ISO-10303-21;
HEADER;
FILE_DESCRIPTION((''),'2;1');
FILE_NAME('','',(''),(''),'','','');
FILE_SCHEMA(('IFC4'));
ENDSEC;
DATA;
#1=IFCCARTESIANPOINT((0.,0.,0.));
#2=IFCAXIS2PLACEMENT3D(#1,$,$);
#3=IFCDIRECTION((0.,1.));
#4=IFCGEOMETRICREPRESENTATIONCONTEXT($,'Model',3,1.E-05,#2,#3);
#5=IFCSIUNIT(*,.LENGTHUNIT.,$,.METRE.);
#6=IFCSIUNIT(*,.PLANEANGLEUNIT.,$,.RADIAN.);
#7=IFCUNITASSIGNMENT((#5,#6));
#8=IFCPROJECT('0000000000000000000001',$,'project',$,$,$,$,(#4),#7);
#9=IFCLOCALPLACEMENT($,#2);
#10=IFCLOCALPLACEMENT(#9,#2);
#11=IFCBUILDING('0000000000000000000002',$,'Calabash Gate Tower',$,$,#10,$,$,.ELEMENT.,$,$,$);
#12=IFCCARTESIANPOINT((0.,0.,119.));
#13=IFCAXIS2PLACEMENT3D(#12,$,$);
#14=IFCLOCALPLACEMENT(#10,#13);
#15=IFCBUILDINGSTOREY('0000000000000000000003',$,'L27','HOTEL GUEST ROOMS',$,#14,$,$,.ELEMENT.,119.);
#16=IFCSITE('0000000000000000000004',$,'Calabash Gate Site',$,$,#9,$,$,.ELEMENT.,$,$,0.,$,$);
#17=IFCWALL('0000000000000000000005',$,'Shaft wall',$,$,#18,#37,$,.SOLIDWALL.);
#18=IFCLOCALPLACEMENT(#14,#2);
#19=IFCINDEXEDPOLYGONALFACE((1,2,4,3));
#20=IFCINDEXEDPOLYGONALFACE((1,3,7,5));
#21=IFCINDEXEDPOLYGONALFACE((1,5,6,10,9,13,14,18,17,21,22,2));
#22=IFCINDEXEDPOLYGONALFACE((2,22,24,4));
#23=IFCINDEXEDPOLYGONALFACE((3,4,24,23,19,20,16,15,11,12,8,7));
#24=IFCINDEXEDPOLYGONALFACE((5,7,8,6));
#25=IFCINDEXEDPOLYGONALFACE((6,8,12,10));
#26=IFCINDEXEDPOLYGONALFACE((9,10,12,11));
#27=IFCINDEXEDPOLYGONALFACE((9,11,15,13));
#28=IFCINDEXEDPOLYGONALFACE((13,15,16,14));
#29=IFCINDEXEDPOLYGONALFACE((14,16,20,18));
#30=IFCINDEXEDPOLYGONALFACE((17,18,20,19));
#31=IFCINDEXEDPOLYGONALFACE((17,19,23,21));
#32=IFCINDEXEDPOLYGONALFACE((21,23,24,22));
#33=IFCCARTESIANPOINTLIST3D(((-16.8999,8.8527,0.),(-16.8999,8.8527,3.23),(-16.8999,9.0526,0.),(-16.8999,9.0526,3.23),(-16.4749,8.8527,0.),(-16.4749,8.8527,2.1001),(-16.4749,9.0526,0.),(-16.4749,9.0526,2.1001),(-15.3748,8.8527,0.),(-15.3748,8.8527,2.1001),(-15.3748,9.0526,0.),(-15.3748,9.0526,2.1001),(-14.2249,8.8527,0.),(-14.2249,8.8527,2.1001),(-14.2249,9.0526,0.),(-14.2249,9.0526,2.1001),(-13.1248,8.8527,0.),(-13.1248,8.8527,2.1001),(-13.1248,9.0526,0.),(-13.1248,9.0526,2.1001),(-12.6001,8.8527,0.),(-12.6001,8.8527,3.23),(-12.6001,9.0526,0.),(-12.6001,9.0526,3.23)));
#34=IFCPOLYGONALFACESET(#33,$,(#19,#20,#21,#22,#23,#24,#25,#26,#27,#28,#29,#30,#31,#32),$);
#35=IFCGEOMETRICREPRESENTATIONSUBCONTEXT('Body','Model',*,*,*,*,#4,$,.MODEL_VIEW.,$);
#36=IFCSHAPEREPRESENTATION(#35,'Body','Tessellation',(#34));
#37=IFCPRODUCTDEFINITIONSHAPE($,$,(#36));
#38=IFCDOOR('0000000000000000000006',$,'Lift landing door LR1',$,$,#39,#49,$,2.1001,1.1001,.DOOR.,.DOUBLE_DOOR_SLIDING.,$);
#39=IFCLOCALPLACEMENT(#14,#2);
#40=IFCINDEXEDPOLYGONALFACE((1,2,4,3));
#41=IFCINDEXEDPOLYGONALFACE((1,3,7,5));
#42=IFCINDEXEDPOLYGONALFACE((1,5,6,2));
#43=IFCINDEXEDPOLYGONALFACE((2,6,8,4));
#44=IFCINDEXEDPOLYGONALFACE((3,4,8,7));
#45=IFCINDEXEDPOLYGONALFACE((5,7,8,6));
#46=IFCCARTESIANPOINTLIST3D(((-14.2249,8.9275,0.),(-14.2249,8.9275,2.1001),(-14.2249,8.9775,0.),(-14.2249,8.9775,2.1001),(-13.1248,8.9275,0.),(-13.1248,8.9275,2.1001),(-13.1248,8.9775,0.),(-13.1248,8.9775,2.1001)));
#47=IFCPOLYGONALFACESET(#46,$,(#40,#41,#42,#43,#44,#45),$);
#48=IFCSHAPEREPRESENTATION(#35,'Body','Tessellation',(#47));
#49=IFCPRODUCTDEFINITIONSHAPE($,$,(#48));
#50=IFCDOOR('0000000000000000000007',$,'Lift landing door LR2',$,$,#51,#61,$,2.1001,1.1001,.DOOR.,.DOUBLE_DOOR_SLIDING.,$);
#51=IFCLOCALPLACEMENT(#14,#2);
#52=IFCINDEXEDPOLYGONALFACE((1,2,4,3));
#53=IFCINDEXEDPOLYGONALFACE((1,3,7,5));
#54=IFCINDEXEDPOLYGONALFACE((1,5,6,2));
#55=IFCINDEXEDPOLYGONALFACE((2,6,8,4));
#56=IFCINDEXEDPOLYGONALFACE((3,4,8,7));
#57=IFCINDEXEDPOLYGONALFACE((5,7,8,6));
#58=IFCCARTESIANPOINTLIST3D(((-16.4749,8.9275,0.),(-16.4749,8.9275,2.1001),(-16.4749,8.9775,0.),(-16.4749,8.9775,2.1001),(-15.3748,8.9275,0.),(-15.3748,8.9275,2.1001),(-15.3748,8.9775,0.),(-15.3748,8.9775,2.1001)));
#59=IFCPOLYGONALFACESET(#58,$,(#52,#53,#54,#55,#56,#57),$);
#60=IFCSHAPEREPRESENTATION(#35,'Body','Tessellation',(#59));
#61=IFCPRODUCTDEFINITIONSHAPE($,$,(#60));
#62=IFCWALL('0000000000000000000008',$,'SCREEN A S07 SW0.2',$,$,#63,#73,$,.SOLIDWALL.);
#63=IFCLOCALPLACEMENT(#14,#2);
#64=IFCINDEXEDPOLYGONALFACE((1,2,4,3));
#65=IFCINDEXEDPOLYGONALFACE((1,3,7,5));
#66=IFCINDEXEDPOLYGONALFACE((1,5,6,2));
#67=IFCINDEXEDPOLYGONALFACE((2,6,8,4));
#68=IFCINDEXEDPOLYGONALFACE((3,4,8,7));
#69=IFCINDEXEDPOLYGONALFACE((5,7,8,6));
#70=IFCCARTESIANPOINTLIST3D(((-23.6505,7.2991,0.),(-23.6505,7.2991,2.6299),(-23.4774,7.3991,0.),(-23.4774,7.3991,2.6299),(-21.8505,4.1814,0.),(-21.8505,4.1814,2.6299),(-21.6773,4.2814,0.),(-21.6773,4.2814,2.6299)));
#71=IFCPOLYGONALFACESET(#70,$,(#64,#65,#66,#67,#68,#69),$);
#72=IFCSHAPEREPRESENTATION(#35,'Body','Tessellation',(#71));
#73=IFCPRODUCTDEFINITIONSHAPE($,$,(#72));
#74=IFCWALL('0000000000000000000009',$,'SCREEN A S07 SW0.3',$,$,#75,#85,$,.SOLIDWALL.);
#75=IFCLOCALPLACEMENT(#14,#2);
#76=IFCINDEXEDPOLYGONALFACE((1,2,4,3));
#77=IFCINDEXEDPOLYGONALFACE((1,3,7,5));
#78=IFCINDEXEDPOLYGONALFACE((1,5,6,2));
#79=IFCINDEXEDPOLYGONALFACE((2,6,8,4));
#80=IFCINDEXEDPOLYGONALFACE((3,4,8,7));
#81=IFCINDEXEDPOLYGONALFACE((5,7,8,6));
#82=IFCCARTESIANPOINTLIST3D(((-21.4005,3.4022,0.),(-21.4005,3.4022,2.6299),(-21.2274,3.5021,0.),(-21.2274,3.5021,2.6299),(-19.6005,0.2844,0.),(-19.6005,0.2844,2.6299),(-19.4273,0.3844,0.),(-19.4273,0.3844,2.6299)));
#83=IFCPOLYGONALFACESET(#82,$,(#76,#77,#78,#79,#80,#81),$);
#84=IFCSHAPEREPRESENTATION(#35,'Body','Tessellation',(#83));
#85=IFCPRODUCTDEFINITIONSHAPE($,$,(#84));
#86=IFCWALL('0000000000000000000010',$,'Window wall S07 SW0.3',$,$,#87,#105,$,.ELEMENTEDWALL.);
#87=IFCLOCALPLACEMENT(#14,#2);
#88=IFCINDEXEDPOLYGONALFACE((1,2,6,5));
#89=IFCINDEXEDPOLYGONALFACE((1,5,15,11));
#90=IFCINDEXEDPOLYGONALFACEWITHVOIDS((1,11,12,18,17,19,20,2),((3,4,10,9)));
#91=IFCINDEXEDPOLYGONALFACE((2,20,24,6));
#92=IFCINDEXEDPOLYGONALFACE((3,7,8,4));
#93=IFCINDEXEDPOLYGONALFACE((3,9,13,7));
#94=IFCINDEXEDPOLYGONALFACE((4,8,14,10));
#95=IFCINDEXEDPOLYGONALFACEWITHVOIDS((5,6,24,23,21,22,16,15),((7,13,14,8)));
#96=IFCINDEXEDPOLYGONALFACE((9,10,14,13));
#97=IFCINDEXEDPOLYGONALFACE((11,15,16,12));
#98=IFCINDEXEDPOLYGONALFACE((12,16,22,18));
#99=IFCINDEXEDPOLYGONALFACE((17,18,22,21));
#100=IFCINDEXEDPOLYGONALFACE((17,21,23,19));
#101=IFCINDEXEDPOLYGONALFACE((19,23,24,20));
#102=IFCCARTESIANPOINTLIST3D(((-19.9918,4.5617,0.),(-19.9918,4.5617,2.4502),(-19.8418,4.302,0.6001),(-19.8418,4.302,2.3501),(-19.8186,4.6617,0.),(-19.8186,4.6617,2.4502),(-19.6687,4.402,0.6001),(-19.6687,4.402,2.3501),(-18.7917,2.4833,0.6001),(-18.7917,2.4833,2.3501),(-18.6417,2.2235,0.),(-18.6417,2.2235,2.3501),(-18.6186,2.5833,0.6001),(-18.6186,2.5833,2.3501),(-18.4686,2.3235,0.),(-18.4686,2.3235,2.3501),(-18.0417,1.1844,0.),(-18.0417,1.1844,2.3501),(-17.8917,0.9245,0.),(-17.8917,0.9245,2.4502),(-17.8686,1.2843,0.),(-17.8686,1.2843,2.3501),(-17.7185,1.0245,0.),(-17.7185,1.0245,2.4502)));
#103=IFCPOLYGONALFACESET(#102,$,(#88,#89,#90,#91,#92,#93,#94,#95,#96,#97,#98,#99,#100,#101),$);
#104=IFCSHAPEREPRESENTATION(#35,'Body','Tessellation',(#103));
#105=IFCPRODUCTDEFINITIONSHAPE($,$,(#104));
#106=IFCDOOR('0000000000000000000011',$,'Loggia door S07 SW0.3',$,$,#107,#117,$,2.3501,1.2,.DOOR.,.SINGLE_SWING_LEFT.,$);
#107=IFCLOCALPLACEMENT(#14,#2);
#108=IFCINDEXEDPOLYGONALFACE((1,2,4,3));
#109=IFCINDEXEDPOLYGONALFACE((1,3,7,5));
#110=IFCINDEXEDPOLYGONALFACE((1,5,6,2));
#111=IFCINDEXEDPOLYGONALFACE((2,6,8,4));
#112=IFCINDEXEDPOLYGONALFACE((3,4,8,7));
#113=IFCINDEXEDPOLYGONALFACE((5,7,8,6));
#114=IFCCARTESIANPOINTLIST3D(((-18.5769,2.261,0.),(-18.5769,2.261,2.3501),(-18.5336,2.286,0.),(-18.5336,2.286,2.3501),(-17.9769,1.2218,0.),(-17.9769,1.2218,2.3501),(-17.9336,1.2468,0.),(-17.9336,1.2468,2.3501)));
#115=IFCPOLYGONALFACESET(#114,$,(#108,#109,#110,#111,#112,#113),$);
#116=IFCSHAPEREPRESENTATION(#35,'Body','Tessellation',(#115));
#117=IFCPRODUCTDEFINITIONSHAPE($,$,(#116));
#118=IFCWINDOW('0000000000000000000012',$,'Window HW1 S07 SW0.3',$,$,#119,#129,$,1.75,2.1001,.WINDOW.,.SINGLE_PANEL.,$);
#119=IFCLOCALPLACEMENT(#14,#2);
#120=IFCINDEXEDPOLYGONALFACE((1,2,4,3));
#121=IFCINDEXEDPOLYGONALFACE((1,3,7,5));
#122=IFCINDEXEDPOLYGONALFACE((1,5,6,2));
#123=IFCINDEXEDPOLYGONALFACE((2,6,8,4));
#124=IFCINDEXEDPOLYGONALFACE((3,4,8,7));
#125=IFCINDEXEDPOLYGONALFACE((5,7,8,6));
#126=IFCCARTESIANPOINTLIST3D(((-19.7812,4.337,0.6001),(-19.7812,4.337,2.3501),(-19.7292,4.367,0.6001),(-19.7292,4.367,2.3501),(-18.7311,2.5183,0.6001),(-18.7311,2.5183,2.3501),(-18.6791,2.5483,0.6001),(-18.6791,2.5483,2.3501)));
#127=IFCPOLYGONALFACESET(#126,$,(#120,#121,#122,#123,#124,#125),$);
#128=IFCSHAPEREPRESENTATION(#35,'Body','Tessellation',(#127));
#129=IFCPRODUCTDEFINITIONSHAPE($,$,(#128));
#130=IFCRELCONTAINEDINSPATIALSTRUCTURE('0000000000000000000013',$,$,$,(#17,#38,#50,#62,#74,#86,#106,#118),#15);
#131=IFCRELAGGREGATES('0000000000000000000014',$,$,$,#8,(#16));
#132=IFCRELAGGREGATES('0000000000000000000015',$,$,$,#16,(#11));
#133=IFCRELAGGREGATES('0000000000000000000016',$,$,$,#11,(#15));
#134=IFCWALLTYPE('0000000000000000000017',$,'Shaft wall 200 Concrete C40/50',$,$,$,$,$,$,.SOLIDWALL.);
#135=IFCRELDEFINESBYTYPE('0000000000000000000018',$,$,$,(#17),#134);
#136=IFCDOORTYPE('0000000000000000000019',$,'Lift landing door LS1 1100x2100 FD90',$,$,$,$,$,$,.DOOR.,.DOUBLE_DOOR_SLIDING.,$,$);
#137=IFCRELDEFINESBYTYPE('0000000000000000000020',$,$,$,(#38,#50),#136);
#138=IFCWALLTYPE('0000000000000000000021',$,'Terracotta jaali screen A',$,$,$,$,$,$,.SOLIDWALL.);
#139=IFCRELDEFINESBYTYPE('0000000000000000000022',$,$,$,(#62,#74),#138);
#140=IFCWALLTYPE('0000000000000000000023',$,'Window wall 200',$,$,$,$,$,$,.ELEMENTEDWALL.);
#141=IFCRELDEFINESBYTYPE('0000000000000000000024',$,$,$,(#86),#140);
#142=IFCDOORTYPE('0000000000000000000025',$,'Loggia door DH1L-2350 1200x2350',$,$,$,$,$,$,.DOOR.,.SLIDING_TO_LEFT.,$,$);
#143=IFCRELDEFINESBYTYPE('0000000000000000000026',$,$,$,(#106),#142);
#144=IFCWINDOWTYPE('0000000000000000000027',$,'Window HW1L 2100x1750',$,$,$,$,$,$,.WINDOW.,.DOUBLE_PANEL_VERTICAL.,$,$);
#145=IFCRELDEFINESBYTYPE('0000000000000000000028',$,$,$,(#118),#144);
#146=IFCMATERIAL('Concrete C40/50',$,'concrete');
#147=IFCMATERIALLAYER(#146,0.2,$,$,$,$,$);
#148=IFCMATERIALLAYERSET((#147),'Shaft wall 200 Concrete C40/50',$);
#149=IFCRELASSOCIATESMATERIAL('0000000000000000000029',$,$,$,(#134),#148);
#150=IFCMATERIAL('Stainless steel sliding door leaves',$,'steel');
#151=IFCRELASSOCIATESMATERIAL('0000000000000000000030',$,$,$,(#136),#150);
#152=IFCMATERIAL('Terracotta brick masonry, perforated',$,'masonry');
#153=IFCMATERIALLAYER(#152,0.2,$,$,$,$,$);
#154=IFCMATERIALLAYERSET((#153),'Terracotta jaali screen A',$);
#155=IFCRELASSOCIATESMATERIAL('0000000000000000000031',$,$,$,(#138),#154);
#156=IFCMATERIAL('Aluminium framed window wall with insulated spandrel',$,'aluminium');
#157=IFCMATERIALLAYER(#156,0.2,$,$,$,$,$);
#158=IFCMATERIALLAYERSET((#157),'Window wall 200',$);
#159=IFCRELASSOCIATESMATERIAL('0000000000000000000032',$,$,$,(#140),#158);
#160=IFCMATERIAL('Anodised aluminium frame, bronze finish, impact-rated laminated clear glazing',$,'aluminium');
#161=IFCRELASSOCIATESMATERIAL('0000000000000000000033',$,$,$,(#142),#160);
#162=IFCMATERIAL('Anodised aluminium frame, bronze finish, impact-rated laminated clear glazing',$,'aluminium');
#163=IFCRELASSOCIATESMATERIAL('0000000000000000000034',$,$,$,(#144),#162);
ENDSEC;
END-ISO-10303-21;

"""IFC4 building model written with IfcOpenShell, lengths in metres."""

from ifc_helpers import new_model, si_unit, direction, frame, frame_2d, origin, place, context, subcontext, project, spatial, rectangle, extrude, material, layer, layer_set, type_object, element, fill, save


model = new_model("IFC4")

# Units and contexts
model_context = context("Model", 3, precision=1e-05, world=origin(), true_north=direction((0.0, 1.0)))
body_context = subcontext(model_context, "Body", "Model", "MODEL_VIEW")
ifc_project = project(units=[si_unit("LENGTHUNIT", "METRE"), si_unit("PLANEANGLEUNIT", "RADIAN")], contexts=[model_context])

# Site, building, storey
site_placement = place(None, origin())
site = spatial("IfcSite", under=ifc_project, at=site_placement, Name="Calabash Gate Site", CompositionType="ELEMENT", RefElevation=0.0)
building_placement = place(site_placement, origin())
building = spatial("IfcBuilding", under=site, at=building_placement, Name="Calabash Gate Tower", CompositionType="ELEMENT")
storey_placement = place(building_placement, frame((0.0, 0.0, 119.0)))
storey = spatial("IfcBuildingStorey", under=building, at=storey_placement, Name="L27", Description="HOTEL GUEST ROOMS", CompositionType="ELEMENT", Elevation=119.0)

# Shared definitions
ifc_material_1 = material(Name="Concrete C40/50", Category="concrete")
ifc_layer_1 = layer(ifc_material_1, 0.2)
ifc_layer_set_1 = layer_set([ifc_layer_1], Name="Shaft wall 200 Concrete C40/50")
wall_type_1 = type_object("IfcWallType", Name="Shaft wall 200 Concrete C40/50", PredefinedType="SOLIDWALL", material=ifc_layer_set_1)

# Wall, openings, doors
wall_1_placement = place(storey_placement, frame((-16.8999, 8.9526, 0.0), z_axis=(0.0, 0.0, 1.0), x_axis=(1.0, 0.0, 0.0)))
wall_1 = element("IfcWall", 1, at=wall_1_placement, inside=storey, type_object=wall_type_1, Name="Shaft wall", PredefinedType="SOLIDWALL", context=body_context, shape_type="SweptSolid", body=[
    extrude(rectangle(XDim=4.2998, YDim=0.2, at=frame_2d((2.1499, 0.0))), origin(), (0.0, 0.0, 1.0), 3.23),
])
opening_1_placement = place(wall_1_placement, frame((2.675, 0.0, 0.0)))
opening_1 = element("IfcOpeningElement", 2, at=opening_1_placement, cuts=wall_1, PredefinedType="OPENING", context=body_context, shape_type="SweptSolid", body=[
    extrude(rectangle(XDim=1.1001, YDim=2.1001, at=frame_2d((0.55, 1.05))), frame((0.0, 0.1099, 0.0), z_axis=(0.0, -1.0, 0.0), x_axis=(1.0, 0.0, 0.0)), (0.0, 0.0, 1.0), 0.22),
])
opening_2_placement = place(wall_1_placement, frame((0.425, 0.0, 0.0)))
opening_2 = element("IfcOpeningElement", 3, at=opening_2_placement, cuts=wall_1, PredefinedType="OPENING", context=body_context, shape_type="SweptSolid", body=[
    extrude(rectangle(XDim=1.1001, YDim=2.1001, at=frame_2d((0.55, 1.05))), frame((0.0, 0.1099, 0.0), z_axis=(0.0, -1.0, 0.0), x_axis=(1.0, 0.0, 0.0)), (0.0, 0.0, 1.0), 0.22),
])
ifc_material_2 = material(Name="Stainless steel sliding door leaves", Category="steel")
door_type_1 = type_object("IfcDoorType", Name="Lift landing door LS1 1100x2100 FD90", OperationType="DOUBLE_DOOR_SLIDING", PredefinedType="DOOR", material=ifc_material_2)
door_1_placement = place(opening_1_placement, origin())
door_1 = element("IfcDoor", 4, at=door_1_placement, inside=storey, type_object=door_type_1, Name="Lift landing door LR1", OperationType="DOUBLE_DOOR_SLIDING", OverallHeight=2.1001, OverallWidth=1.1001, PredefinedType="DOOR", context=body_context, shape_type="SweptSolid", body=[
    extrude(rectangle(XDim=1.1001, YDim=2.1001, at=frame_2d((0.55, 1.05))), frame((0.0, 0.0249, 0.0), z_axis=(0.0, -1.0, 0.0), x_axis=(1.0, 0.0, 0.0)), (0.0, 0.0, 1.0), 0.05),
])
fill(opening_1, door_1)
door_2_placement = place(opening_2_placement, origin())
door_2 = element("IfcDoor", 5, at=door_2_placement, inside=storey, type_object=door_type_1, Name="Lift landing door LR2", OperationType="DOUBLE_DOOR_SLIDING", OverallHeight=2.1001, OverallWidth=1.1001, PredefinedType="DOOR", context=body_context, shape_type="SweptSolid", body=[
    extrude(rectangle(XDim=1.1001, YDim=2.1001, at=frame_2d((0.55, 1.05))), frame((0.0, 0.0249, 0.0), z_axis=(0.0, -1.0, 0.0), x_axis=(1.0, 0.0, 0.0)), (0.0, 0.0, 1.0), 0.05),
])
fill(opening_2, door_2)

# Walls
ifc_material_3 = material(Name="Terracotta brick masonry, perforated", Category="masonry")
ifc_layer_2 = layer(ifc_material_3, 0.2)
ifc_layer_set_2 = layer_set([ifc_layer_2], Name="Terracotta jaali screen A")
wall_type_2 = type_object("IfcWallType", Name="Terracotta jaali screen A", PredefinedType="SOLIDWALL", material=ifc_layer_set_2)
for number, where, z_axis, x_axis, name in (
    (6, (-23.564, 7.3491, 0.0), (0.0, 0.0, 1.0), (0.500012, -0.866018, 0.0), "SCREEN A S07 SW0.2"),
    (7, (-21.314, 3.4521, 0.0), (0.0, 0.0, 1.0), (0.500012, -0.866018, 0.0), "SCREEN A S07 SW0.3"),
):
    element("IfcWall", number, at=place(storey_placement, frame(where, z_axis=z_axis, x_axis=x_axis)), inside=storey, type_object=wall_type_2, Name=name, PredefinedType="SOLIDWALL", context=body_context, shape_type="SweptSolid", body=[
        extrude(rectangle(XDim=3.6001, YDim=0.2, at=frame_2d((1.8, 0.0))), origin(), (0.0, 0.0, 1.0), 2.6299),
    ])

# Wall, openings, door, window
ifc_material_4 = material(Name="Aluminium framed window wall with insulated spandrel", Category="aluminium")
ifc_layer_3 = layer(ifc_material_4, 0.2)
ifc_layer_set_3 = layer_set([ifc_layer_3], Name="Window wall 200")
wall_type_3 = type_object("IfcWallType", Name="Window wall 200", PredefinedType="ELEMENTEDWALL", material=ifc_layer_set_3)
wall_2_placement = place(storey_placement, frame((-19.9053, 4.6118, 0.0), z_axis=(0.0, 0.0, 1.0), x_axis=(0.500028, -0.866009, 0.0)))
wall_2 = element("IfcWall", 8, at=wall_2_placement, inside=storey, type_object=wall_type_3, Name="Window wall S07 SW0.3", PredefinedType="ELEMENTEDWALL", context=body_context, shape_type="SweptSolid", body=[
    extrude(rectangle(XDim=4.2, YDim=0.2, at=frame_2d((2.1001, 0.0))), origin(), (0.0, 0.0, 1.0), 2.4502),
])
opening_3_placement = place(wall_2_placement, frame((0.3, 0.0, 0.6001)))
opening_3 = element("IfcOpeningElement", 9, at=opening_3_placement, cuts=wall_2, PredefinedType="OPENING", context=body_context, shape_type="SweptSolid", body=[
    extrude(rectangle(XDim=2.1001, YDim=1.75, at=frame_2d((1.05, 0.875))), frame((0.0, 0.1099, 0.0), z_axis=(0.0, -1.0, 0.0), x_axis=(1.0, 0.0, 0.0)), (0.0, 0.0, 1.0), 0.22),
])
opening_4_placement = place(wall_2_placement, frame((2.7, 0.0, 0.0)))
opening_4 = element("IfcOpeningElement", 10, at=opening_4_placement, cuts=wall_2, PredefinedType="OPENING", context=body_context, shape_type="SweptSolid", body=[
    extrude(rectangle(XDim=1.2, YDim=2.3501, at=frame_2d((0.6001, 1.175))), frame((0.0, 0.1099, 0.0), z_axis=(0.0, -1.0, 0.0), x_axis=(1.0, 0.0, 0.0)), (0.0, 0.0, 1.0), 0.22),
])
ifc_material_5 = material(Name="Anodised aluminium frame, bronze finish, impact-rated laminated clear glazing", Category="aluminium")
door_type_2 = type_object("IfcDoorType", Name="Loggia door DH1L-2350 1200x2350", OperationType="SLIDING_TO_LEFT", PredefinedType="DOOR", material=ifc_material_5)
door_3_placement = place(opening_4_placement, origin())
door_3 = element("IfcDoor", 11, at=door_3_placement, inside=storey, type_object=door_type_2, Name="Loggia door S07 SW0.3", OperationType="SINGLE_SWING_LEFT", OverallHeight=2.3501, OverallWidth=1.2, PredefinedType="DOOR", context=body_context, shape_type="SweptSolid", body=[
    extrude(rectangle(XDim=1.2, YDim=2.3501, at=frame_2d((0.6001, 1.175))), frame((0.0, 0.0249, 0.0), z_axis=(0.0, -1.0, 0.0), x_axis=(1.0, 0.0, 0.0)), (0.0, 0.0, 1.0), 0.05),
])
fill(opening_4, door_3)
ifc_material_6 = material(Name="Anodised aluminium frame, bronze finish, impact-rated laminated clear glazing", Category="aluminium")
window_type_1 = type_object("IfcWindowType", Name="Window HW1L 2100x1750", PartitioningType="DOUBLE_PANEL_VERTICAL", PredefinedType="WINDOW", material=ifc_material_6)
window_1_placement = place(opening_3_placement, origin())
window_1 = element("IfcWindow", 12, at=window_1_placement, inside=storey, type_object=window_type_1, Name="Window HW1 S07 SW0.3", OverallHeight=1.75, OverallWidth=2.1001, PartitioningType="SINGLE_PANEL", PredefinedType="WINDOW", context=body_context, shape_type="SweptSolid", body=[
    extrude(rectangle(XDim=2.1001, YDim=1.75, at=frame_2d((1.05, 0.875))), frame((0.0, 0.03, 0.0), z_axis=(0.0, -1.0, 0.0), x_axis=(1.0, 0.0, 0.0)), (0.0, 0.0, 1.0), 0.0601),
])
fill(opening_3, window_1)

save(model, "model.ifc")
